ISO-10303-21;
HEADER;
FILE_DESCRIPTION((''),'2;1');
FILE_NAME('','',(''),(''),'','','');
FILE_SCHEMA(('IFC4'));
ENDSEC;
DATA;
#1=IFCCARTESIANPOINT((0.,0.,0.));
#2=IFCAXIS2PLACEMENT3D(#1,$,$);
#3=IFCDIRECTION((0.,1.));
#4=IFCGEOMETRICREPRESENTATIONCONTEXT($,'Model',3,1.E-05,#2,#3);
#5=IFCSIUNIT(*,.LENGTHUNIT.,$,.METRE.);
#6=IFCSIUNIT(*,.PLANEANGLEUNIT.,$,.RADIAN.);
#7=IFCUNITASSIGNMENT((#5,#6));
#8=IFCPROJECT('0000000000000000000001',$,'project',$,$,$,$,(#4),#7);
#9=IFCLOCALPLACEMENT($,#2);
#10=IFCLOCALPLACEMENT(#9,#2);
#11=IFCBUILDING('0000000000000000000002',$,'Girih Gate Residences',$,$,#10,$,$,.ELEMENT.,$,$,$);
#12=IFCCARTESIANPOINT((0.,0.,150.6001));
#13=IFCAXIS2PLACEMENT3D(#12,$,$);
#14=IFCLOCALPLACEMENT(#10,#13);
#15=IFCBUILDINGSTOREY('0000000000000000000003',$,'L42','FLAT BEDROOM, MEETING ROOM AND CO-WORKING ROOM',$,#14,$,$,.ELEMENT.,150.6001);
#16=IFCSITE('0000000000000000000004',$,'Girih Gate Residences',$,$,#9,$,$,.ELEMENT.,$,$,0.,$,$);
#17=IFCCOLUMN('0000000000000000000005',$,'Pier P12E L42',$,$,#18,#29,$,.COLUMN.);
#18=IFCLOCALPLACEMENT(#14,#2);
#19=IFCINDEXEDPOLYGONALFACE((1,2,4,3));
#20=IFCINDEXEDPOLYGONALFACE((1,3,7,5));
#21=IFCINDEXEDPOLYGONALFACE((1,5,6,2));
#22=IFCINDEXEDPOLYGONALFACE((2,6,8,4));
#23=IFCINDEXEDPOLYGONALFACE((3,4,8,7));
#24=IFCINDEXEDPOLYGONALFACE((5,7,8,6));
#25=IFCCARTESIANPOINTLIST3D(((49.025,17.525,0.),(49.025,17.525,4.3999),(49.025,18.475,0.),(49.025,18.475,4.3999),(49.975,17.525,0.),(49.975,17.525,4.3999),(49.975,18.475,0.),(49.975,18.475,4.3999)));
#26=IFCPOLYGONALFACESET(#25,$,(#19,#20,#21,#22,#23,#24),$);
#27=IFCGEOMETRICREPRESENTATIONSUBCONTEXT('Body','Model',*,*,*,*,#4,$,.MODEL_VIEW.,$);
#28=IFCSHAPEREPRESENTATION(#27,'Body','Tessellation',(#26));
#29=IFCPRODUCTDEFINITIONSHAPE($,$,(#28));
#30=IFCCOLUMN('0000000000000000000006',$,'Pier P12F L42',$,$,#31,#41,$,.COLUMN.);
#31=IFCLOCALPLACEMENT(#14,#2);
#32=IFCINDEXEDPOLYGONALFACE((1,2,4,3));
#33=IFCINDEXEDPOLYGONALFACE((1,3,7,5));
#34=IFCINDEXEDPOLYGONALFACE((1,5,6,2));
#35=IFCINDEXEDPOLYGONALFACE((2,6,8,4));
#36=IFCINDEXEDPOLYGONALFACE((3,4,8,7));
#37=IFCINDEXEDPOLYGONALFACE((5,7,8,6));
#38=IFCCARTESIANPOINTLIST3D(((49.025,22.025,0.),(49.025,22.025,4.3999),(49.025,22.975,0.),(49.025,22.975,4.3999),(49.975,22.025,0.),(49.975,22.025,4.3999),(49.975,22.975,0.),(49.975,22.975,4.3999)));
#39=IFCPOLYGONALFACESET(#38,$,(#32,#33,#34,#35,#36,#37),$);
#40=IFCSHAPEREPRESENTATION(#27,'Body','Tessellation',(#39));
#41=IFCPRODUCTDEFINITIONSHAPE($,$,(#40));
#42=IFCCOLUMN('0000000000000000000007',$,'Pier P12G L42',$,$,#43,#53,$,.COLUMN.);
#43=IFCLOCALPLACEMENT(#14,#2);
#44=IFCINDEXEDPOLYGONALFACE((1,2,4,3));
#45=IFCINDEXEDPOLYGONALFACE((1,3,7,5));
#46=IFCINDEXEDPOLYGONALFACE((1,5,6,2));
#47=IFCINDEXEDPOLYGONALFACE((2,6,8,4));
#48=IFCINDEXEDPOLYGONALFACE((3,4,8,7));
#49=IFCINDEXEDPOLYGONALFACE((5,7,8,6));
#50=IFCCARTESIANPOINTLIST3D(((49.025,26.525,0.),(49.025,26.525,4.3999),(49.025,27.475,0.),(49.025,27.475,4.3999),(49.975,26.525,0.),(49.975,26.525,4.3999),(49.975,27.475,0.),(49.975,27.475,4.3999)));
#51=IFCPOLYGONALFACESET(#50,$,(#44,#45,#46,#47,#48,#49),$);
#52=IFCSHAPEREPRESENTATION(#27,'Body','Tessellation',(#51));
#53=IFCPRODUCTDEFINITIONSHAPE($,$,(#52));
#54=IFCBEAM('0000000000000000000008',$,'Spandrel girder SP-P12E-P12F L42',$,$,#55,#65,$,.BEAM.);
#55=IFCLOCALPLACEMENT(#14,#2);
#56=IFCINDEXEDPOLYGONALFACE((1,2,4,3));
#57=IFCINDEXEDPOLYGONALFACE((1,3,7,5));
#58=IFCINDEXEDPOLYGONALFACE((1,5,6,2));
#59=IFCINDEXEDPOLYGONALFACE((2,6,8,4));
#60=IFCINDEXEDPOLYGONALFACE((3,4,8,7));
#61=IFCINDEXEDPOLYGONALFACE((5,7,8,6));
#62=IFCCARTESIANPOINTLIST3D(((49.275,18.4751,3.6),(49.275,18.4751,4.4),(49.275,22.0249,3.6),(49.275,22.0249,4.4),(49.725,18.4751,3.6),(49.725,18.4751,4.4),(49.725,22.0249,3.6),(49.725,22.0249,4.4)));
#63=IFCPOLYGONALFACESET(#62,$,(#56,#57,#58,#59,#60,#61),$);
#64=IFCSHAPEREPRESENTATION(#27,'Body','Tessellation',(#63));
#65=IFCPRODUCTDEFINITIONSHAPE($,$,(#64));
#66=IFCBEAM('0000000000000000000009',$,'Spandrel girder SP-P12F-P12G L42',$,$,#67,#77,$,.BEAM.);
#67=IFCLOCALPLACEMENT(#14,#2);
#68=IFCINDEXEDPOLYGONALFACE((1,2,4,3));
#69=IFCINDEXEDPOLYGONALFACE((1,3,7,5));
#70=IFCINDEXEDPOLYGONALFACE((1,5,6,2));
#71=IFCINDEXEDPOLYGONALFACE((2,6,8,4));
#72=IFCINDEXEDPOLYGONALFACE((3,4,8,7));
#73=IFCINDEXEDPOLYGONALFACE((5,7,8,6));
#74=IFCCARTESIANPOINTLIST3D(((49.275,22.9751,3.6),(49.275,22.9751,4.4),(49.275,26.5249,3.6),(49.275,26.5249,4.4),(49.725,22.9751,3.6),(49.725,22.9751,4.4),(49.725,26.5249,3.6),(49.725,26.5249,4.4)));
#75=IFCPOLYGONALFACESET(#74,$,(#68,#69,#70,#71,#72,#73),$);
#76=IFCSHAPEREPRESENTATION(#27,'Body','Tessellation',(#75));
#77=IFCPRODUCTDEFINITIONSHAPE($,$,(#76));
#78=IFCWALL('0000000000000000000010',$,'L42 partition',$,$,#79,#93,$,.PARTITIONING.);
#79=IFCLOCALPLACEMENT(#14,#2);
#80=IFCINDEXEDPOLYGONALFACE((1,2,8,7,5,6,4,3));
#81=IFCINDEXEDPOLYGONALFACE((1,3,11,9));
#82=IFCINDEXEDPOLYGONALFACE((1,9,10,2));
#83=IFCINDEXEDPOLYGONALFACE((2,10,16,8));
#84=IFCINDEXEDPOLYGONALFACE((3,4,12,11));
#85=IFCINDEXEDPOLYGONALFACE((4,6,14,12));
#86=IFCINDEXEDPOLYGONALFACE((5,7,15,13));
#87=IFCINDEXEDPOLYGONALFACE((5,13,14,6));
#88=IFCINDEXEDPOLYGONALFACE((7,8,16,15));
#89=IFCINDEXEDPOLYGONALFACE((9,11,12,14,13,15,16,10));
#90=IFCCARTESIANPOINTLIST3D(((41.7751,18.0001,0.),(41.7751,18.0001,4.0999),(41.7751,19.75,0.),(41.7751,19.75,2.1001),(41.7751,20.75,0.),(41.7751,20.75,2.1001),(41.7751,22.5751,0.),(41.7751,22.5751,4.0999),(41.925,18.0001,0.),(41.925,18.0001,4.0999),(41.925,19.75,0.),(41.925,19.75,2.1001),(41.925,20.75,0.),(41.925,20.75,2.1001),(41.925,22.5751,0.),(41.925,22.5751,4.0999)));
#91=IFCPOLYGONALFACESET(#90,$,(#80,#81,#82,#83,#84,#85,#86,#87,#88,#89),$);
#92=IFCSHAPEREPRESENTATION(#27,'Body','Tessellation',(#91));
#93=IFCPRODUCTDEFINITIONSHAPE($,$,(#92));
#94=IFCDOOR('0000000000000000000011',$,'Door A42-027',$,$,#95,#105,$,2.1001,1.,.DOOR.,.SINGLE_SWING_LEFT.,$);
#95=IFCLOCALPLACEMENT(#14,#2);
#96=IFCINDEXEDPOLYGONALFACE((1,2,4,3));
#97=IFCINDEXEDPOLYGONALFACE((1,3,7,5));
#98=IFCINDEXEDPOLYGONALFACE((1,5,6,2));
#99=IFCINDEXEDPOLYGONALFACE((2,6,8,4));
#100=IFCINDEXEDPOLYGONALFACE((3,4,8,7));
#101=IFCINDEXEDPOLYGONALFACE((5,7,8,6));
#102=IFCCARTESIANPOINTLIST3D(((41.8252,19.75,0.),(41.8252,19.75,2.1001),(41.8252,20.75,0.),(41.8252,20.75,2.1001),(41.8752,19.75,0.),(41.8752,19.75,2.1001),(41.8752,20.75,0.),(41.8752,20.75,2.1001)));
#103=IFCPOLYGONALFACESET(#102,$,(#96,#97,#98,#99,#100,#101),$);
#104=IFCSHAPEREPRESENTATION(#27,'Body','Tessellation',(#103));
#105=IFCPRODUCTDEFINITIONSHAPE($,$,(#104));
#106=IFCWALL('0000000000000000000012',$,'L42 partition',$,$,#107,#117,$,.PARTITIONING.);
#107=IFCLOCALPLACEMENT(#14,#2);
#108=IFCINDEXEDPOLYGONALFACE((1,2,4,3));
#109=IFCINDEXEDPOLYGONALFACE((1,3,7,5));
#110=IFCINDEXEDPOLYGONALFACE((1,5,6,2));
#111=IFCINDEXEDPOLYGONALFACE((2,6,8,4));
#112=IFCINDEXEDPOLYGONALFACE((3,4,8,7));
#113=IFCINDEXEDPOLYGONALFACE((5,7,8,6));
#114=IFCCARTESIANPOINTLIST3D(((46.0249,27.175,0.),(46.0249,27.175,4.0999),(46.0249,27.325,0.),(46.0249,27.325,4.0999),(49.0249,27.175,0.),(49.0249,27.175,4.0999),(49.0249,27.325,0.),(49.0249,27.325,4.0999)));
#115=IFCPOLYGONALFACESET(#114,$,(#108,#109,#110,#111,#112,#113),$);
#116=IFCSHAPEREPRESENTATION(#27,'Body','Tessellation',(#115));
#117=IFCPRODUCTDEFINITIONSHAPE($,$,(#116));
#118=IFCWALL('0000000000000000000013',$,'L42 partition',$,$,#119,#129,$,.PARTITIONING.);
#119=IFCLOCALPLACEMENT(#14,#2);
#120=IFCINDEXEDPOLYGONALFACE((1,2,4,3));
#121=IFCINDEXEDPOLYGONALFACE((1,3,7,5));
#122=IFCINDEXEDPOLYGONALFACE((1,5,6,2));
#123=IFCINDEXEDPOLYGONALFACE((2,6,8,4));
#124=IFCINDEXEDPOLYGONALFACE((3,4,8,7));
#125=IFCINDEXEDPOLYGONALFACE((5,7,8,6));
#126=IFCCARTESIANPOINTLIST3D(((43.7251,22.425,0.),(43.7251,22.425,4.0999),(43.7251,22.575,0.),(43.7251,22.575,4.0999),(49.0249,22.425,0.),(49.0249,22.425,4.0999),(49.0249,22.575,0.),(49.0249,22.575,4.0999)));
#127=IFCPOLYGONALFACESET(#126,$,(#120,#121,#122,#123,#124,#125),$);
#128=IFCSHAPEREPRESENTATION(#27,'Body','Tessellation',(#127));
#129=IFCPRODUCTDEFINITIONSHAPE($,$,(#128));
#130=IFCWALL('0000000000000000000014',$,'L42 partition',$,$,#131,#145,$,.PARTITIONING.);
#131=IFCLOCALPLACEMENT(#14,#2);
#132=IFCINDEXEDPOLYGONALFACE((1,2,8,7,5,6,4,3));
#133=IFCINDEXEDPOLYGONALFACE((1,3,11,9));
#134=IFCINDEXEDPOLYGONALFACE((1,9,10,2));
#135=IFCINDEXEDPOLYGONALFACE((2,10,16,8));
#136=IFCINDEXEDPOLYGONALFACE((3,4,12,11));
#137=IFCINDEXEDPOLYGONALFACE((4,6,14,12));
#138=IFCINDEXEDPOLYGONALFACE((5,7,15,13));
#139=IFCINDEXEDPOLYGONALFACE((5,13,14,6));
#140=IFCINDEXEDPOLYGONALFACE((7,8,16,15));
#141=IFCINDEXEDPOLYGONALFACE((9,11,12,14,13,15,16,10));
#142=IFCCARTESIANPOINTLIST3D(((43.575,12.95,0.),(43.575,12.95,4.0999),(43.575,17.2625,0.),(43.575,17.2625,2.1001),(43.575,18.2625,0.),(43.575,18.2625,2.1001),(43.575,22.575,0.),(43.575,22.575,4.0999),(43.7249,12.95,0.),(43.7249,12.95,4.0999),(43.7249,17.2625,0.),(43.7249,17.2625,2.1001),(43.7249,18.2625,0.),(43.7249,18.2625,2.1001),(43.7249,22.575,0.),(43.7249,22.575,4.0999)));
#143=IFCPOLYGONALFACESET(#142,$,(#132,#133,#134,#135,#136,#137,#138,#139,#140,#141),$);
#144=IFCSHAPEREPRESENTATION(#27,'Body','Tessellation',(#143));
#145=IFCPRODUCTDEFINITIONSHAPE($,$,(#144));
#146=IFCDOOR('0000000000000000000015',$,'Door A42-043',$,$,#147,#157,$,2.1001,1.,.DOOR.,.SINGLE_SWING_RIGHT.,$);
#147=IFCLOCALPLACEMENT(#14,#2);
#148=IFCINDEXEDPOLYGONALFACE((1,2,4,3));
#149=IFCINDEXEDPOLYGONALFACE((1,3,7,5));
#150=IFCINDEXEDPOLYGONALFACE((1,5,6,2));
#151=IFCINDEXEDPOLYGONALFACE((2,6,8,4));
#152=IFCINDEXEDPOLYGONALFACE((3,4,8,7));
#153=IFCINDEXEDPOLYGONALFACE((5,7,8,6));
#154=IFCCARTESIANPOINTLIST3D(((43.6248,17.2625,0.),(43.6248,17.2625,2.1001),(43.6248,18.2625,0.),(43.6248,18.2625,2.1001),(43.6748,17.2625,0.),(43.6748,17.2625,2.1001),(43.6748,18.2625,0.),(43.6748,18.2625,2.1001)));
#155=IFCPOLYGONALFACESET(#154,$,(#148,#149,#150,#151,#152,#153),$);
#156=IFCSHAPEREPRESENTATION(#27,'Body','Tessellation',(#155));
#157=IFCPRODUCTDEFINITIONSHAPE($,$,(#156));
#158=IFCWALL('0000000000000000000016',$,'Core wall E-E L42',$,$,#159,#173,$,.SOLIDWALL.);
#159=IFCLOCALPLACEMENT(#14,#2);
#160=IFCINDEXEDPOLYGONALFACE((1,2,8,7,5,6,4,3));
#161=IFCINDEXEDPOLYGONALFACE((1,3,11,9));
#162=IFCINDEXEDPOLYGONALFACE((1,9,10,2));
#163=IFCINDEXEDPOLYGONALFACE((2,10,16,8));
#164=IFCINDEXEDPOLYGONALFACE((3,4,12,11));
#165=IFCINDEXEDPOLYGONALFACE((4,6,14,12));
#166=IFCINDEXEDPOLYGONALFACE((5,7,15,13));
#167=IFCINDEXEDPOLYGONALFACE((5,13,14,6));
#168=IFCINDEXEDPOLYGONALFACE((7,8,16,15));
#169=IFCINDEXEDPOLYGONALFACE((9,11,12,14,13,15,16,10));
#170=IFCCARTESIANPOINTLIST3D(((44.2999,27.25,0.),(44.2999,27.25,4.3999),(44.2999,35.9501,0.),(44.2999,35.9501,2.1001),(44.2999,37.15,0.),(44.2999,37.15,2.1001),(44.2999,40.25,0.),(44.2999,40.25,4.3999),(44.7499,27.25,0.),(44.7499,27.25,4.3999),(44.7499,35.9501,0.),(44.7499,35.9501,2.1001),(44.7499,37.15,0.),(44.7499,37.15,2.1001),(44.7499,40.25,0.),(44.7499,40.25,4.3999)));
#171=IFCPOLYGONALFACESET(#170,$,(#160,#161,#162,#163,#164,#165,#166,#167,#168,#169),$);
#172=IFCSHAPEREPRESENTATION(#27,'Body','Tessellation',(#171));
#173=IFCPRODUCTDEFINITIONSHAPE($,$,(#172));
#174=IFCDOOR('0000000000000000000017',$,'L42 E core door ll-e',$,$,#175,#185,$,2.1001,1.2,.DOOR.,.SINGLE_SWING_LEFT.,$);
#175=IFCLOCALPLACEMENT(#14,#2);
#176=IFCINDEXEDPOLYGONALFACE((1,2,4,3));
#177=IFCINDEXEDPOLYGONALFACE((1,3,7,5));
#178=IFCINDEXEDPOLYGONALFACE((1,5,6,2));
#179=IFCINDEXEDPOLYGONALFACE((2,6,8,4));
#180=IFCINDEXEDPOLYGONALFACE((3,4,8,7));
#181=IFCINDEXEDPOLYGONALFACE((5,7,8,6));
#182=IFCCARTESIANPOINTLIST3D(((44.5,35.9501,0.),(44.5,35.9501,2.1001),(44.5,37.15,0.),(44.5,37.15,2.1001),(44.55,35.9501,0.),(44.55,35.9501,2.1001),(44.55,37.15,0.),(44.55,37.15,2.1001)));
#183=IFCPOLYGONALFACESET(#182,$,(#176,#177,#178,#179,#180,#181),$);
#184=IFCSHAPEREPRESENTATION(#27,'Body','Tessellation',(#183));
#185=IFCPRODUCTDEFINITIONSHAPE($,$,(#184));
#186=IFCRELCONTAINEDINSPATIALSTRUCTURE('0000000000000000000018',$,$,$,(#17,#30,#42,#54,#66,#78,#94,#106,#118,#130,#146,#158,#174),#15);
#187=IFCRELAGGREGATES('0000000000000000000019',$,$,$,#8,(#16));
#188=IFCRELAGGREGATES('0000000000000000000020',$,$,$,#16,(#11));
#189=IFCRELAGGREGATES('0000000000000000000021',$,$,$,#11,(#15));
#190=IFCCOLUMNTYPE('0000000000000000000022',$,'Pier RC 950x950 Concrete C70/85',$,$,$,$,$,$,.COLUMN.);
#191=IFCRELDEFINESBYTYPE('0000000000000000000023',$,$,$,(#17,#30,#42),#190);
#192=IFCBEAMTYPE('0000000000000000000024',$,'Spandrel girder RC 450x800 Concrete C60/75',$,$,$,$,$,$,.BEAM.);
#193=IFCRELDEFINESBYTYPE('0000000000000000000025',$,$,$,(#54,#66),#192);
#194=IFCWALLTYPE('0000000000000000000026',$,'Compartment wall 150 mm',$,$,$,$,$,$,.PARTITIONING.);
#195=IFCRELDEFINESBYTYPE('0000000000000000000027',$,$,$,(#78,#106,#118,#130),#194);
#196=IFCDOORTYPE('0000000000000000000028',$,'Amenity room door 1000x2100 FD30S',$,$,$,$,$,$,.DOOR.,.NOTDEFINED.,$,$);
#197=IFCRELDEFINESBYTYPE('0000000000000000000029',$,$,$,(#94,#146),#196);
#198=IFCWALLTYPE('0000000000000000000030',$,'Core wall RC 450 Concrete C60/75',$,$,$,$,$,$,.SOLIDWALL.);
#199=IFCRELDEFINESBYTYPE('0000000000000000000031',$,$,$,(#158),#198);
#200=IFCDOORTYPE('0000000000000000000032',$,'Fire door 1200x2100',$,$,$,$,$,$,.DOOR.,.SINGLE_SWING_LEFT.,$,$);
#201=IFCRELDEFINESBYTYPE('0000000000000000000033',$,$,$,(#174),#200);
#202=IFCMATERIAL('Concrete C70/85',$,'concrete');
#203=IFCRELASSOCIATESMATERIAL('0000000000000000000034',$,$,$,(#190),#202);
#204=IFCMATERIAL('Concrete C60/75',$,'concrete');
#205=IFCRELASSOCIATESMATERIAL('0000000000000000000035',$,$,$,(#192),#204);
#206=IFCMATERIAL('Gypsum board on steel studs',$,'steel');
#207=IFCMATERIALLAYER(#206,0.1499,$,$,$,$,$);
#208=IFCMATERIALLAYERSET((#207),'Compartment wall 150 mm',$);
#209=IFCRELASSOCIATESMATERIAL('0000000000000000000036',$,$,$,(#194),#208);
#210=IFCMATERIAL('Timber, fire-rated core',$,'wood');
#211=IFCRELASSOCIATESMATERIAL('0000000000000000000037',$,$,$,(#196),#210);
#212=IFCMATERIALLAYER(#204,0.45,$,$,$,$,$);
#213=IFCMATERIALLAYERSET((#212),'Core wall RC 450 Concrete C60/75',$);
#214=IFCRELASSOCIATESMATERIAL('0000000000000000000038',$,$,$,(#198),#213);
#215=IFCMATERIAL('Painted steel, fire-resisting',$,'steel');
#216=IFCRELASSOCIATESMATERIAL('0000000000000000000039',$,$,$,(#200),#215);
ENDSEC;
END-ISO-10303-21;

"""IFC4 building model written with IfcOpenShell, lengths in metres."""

from ifc_helpers import new_model, si_unit, direction, frame, frame_2d, origin, origin_2d, place, context, subcontext, project, spatial, rectangle, extrude, material, layer, layer_set, material_profile, profile_set, type_object, element, fill, save


model = new_model("IFC4")

# Units and contexts
model_context = context("Model", 3, precision=1e-05, world=origin(), true_north=direction((0.0, 1.0)))
body_context = subcontext(model_context, "Body", "Model", "MODEL_VIEW")
ifc_project = project(units=[si_unit("LENGTHUNIT", "METRE"), si_unit("PLANEANGLEUNIT", "RADIAN")], contexts=[model_context])

# Site, building, storey
site_placement = place(None, origin())
site = spatial("IfcSite", under=ifc_project, at=site_placement, Name="Girih Gate Residences", CompositionType="ELEMENT", RefElevation=0.0)
building_placement = place(site_placement, origin())
building = spatial("IfcBuilding", under=site, at=building_placement, Name="Girih Gate Residences", CompositionType="ELEMENT")
storey_placement = place(building_placement, frame((0.0, 0.0, 150.6001)))
storey = spatial("IfcBuildingStorey", under=building, at=storey_placement, Name="L42", Description="FLAT BEDROOM, MEETING ROOM AND CO-WORKING ROOM", CompositionType="ELEMENT", Elevation=150.6001)

# Columns
ifc_material_1 = material(Name="Concrete C70/85", Category="concrete")
ifc_material_profile_1 = material_profile(ifc_material_1, rectangle(XDim=0.95, YDim=0.95, at=origin_2d()))
ifc_profile_set_1 = profile_set([ifc_material_profile_1], Name="Concrete C70/85")
column_type = type_object("IfcColumnType", Name="Pier RC 950x950 Concrete C70/85", PredefinedType="COLUMN", material=ifc_profile_set_1)
for number, where, z_axis, x_axis, name in (
    (1, (49.5, 18.0, 0.0), (0.0, 0.0, 1.0), (1.0, 0.0, 0.0), "Pier P12E L42"),
    (2, (49.5, 22.5, 0.0), (0.0, 0.0, 1.0), (1.0, 0.0, 0.0), "Pier P12F L42"),
    (3, (49.5, 27.0, 0.0), (0.0, 0.0, 1.0), (1.0, 0.0, 0.0), "Pier P12G L42"),
):
    element("IfcColumn", number, at=place(storey_placement, frame(where, z_axis=z_axis, x_axis=x_axis)), inside=storey, type_object=column_type, Name=name, PredefinedType="COLUMN", context=body_context, shape_type="SweptSolid", body=[
        extrude(rectangle(XDim=0.95, YDim=0.95, at=origin_2d()), origin(), (0.0, 0.0, 1.0), 4.3999),
    ])

# Beams
ifc_material_2 = material(Name="Concrete C60/75", Category="concrete")
ifc_material_profile_2 = material_profile(ifc_material_2, rectangle(XDim=0.45, YDim=0.8, at=origin_2d()))
ifc_profile_set_2 = profile_set([ifc_material_profile_2], Name="Concrete C60/75")
beam_type = type_object("IfcBeamType", Name="Spandrel girder RC 450x800 Concrete C60/75", PredefinedType="BEAM", material=ifc_profile_set_2)
for number, where, z_axis, x_axis, name in (
    (4, (49.5, 18.4751, 4.0), (0.0, 1.0, 0.0), (-1.0, 0.0, 0.0), "Spandrel girder SP-P12E-P12F L42"),
    (5, (49.5, 22.9751, 4.0), (0.0, 1.0, 0.0), (-1.0, 0.0, 0.0), "Spandrel girder SP-P12F-P12G L42"),
):
    element("IfcBeam", number, at=place(storey_placement, frame(where, z_axis=z_axis, x_axis=x_axis)), inside=storey, type_object=beam_type, Name=name, PredefinedType="BEAM", context=body_context, shape_type="SweptSolid", body=[
        extrude(rectangle(XDim=0.45, YDim=0.8, at=origin_2d()), origin(), (0.0, 0.0, 1.0), 3.5498),
    ])

# Wall, opening, door
ifc_material_3 = material(Name="Gypsum board on steel studs", Category="steel")
ifc_layer_1 = layer(ifc_material_3, 0.1499)
ifc_layer_set_1 = layer_set([ifc_layer_1], Name="Compartment wall 150 mm")
wall_type_1 = type_object("IfcWallType", Name="Compartment wall 150 mm", PredefinedType="PARTITIONING", material=ifc_layer_set_1)
wall_1_placement = place(storey_placement, frame((41.8501, 18.0, 0.0), z_axis=(0.0, 0.0, 1.0), x_axis=(0.0, 1.0, 0.0)))
wall_1 = element("IfcWall", 6, at=wall_1_placement, inside=storey, type_object=wall_type_1, Name="L42 partition", PredefinedType="PARTITIONING", context=body_context, shape_type="SweptSolid", body=[
    extrude(rectangle(XDim=4.575, YDim=0.1499, at=frame_2d((2.2876, 0.0))), origin(), (0.0, 0.0, 1.0), 4.0999),
])
opening_1_placement = place(wall_1_placement, frame((1.75, 0.0, 0.0)))
opening_1 = element("IfcOpeningElement", 7, at=opening_1_placement, cuts=wall_1, PredefinedType="OPENING", context=body_context, shape_type="SweptSolid", body=[
    extrude(rectangle(XDim=1.0, YDim=2.1001, at=frame_2d((0.5, 1.05))), frame((0.0, 0.085, 0.0), z_axis=(0.0, -1.0, 0.0), x_axis=(1.0, 0.0, 0.0)), (0.0, 0.0, 1.0), 0.1699),
])
ifc_material_4 = material(Name="Timber, fire-rated core", Category="wood")
door_type_1 = type_object("IfcDoorType", Name="Amenity room door 1000x2100 FD30S", OperationType="NOTDEFINED", PredefinedType="DOOR", material=ifc_material_4)
door_1_placement = place(opening_1_placement, origin())
door_1 = element("IfcDoor", 8, at=door_1_placement, inside=storey, type_object=door_type_1, Name="Door A42-027", OperationType="SINGLE_SWING_LEFT", OverallHeight=2.1001, OverallWidth=1.0, PredefinedType="DOOR", context=body_context, shape_type="SweptSolid", body=[
    extrude(rectangle(XDim=1.0, YDim=2.1001, at=frame_2d((0.5, 1.05))), frame((0.0, 0.0249, 0.0), z_axis=(0.0, -1.0, 0.0), x_axis=(1.0, 0.0, 0.0)), (0.0, 0.0, 1.0), 0.05),
])
fill(opening_1, door_1)

# Walls
wall_2_placement = place(storey_placement, frame((46.0249, 27.25, 0.0), z_axis=(0.0, 0.0, 1.0), x_axis=(1.0, 0.0, 0.0)))
element("IfcWall", 9, at=wall_2_placement, inside=storey, type_object=wall_type_1, Name="L42 partition", PredefinedType="PARTITIONING", context=body_context, shape_type="SweptSolid", body=[
    extrude(rectangle(XDim=3.0, YDim=0.1499, at=frame_2d((1.5, 0.0))), origin(), (0.0, 0.0, 1.0), 4.0999),
])
wall_3_placement = place(storey_placement, frame((43.7251, 22.5, 0.0), z_axis=(0.0, 0.0, 1.0), x_axis=(1.0, 0.0, 0.0)))
element("IfcWall", 10, at=wall_3_placement, inside=storey, type_object=wall_type_1, Name="L42 partition", PredefinedType="PARTITIONING", context=body_context, shape_type="SweptSolid", body=[
    extrude(rectangle(XDim=5.2998, YDim=0.1499, at=frame_2d((2.6499, 0.0))), origin(), (0.0, 0.0, 1.0), 4.0999),
])

# Walls, openings, doors
wall_4_placement = place(storey_placement, frame((43.6499, 22.575, 0.0), z_axis=(0.0, 0.0, 1.0), x_axis=(0.0, -1.0, 0.0)))
wall_4 = element("IfcWall", 11, at=wall_4_placement, inside=storey, type_object=wall_type_1, Name="L42 partition", PredefinedType="PARTITIONING", context=body_context, shape_type="SweptSolid", body=[
    extrude(rectangle(XDim=9.625, YDim=0.1499, at=frame_2d((4.8125, 0.0))), origin(), (0.0, 0.0, 1.0), 4.0999),
])
opening_2_placement = place(wall_4_placement, frame((4.3125, 0.0, 0.0)))
opening_2 = element("IfcOpeningElement", 12, at=opening_2_placement, cuts=wall_4, PredefinedType="OPENING", context=body_context, shape_type="SweptSolid", body=[
    extrude(rectangle(XDim=1.0, YDim=2.1001, at=frame_2d((0.5, 1.05))), frame((0.0, 0.085, 0.0), z_axis=(0.0, -1.0, 0.0), x_axis=(1.0, 0.0, 0.0)), (0.0, 0.0, 1.0), 0.1699),
])
door_2_placement = place(opening_2_placement, origin())
door_2 = element("IfcDoor", 13, at=door_2_placement, inside=storey, type_object=door_type_1, Name="Door A42-043", OperationType="SINGLE_SWING_RIGHT", OverallHeight=2.1001, OverallWidth=1.0, PredefinedType="DOOR", context=body_context, shape_type="SweptSolid", body=[
    extrude(rectangle(XDim=1.0, YDim=2.1001, at=frame_2d((0.5, 1.05))), frame((0.0, 0.0249, 0.0), z_axis=(0.0, -1.0, 0.0), x_axis=(1.0, 0.0, 0.0)), (0.0, 0.0, 1.0), 0.05),
])
fill(opening_2, door_2)
ifc_layer_2 = layer(ifc_material_2, 0.45)
ifc_layer_set_2 = layer_set([ifc_layer_2], Name="Core wall RC 450 Concrete C60/75")
wall_type_2 = type_object("IfcWallType", Name="Core wall RC 450 Concrete C60/75", PredefinedType="SOLIDWALL", material=ifc_layer_set_2)
wall_5_placement = place(storey_placement, frame((44.5249, 27.25, 0.0), z_axis=(0.0, 0.0, 1.0), x_axis=(0.0, 1.0, 0.0)))
wall_5 = element("IfcWall", 14, at=wall_5_placement, inside=storey, type_object=wall_type_2, Name="Core wall E-E L42", PredefinedType="SOLIDWALL", context=body_context, shape_type="SweptSolid", body=[
    extrude(rectangle(XDim=13.0, YDim=0.45, at=frame_2d((6.5, 0.0))), origin(), (0.0, 0.0, 1.0), 4.3999),
])
opening_3_placement = place(wall_5_placement, frame((8.7, 0.0, 0.0)))
opening_3 = element("IfcOpeningElement", 15, at=opening_3_placement, cuts=wall_5, PredefinedType="OPENING", context=body_context, shape_type="SweptSolid", body=[
    extrude(rectangle(XDim=1.2, YDim=2.1001, at=frame_2d((0.6001, 1.05))), frame((0.0, 0.2349, 0.0), z_axis=(0.0, -1.0, 0.0), x_axis=(1.0, 0.0, 0.0)), (0.0, 0.0, 1.0), 0.47),
])
ifc_material_5 = material(Name="Painted steel, fire-resisting", Category="steel")
door_type_2 = type_object("IfcDoorType", Name="Fire door 1200x2100", OperationType="SINGLE_SWING_LEFT", PredefinedType="DOOR", material=ifc_material_5)
door_3_placement = place(opening_3_placement, origin())
door_3 = element("IfcDoor", 16, at=door_3_placement, inside=storey, type_object=door_type_2, Name="L42 E core door ll-e", OperationType="SINGLE_SWING_LEFT", OverallHeight=2.1001, OverallWidth=1.2, PredefinedType="DOOR", context=body_context, shape_type="SweptSolid", body=[
    extrude(rectangle(XDim=1.2, YDim=2.1001, at=frame_2d((0.6001, 1.05))), frame((0.0, 0.0249, 0.0), z_axis=(0.0, -1.0, 0.0), x_axis=(1.0, 0.0, 0.0)), (0.0, 0.0, 1.0), 0.05),
])
fill(opening_3, door_3)

save(model, "model.ifc")
